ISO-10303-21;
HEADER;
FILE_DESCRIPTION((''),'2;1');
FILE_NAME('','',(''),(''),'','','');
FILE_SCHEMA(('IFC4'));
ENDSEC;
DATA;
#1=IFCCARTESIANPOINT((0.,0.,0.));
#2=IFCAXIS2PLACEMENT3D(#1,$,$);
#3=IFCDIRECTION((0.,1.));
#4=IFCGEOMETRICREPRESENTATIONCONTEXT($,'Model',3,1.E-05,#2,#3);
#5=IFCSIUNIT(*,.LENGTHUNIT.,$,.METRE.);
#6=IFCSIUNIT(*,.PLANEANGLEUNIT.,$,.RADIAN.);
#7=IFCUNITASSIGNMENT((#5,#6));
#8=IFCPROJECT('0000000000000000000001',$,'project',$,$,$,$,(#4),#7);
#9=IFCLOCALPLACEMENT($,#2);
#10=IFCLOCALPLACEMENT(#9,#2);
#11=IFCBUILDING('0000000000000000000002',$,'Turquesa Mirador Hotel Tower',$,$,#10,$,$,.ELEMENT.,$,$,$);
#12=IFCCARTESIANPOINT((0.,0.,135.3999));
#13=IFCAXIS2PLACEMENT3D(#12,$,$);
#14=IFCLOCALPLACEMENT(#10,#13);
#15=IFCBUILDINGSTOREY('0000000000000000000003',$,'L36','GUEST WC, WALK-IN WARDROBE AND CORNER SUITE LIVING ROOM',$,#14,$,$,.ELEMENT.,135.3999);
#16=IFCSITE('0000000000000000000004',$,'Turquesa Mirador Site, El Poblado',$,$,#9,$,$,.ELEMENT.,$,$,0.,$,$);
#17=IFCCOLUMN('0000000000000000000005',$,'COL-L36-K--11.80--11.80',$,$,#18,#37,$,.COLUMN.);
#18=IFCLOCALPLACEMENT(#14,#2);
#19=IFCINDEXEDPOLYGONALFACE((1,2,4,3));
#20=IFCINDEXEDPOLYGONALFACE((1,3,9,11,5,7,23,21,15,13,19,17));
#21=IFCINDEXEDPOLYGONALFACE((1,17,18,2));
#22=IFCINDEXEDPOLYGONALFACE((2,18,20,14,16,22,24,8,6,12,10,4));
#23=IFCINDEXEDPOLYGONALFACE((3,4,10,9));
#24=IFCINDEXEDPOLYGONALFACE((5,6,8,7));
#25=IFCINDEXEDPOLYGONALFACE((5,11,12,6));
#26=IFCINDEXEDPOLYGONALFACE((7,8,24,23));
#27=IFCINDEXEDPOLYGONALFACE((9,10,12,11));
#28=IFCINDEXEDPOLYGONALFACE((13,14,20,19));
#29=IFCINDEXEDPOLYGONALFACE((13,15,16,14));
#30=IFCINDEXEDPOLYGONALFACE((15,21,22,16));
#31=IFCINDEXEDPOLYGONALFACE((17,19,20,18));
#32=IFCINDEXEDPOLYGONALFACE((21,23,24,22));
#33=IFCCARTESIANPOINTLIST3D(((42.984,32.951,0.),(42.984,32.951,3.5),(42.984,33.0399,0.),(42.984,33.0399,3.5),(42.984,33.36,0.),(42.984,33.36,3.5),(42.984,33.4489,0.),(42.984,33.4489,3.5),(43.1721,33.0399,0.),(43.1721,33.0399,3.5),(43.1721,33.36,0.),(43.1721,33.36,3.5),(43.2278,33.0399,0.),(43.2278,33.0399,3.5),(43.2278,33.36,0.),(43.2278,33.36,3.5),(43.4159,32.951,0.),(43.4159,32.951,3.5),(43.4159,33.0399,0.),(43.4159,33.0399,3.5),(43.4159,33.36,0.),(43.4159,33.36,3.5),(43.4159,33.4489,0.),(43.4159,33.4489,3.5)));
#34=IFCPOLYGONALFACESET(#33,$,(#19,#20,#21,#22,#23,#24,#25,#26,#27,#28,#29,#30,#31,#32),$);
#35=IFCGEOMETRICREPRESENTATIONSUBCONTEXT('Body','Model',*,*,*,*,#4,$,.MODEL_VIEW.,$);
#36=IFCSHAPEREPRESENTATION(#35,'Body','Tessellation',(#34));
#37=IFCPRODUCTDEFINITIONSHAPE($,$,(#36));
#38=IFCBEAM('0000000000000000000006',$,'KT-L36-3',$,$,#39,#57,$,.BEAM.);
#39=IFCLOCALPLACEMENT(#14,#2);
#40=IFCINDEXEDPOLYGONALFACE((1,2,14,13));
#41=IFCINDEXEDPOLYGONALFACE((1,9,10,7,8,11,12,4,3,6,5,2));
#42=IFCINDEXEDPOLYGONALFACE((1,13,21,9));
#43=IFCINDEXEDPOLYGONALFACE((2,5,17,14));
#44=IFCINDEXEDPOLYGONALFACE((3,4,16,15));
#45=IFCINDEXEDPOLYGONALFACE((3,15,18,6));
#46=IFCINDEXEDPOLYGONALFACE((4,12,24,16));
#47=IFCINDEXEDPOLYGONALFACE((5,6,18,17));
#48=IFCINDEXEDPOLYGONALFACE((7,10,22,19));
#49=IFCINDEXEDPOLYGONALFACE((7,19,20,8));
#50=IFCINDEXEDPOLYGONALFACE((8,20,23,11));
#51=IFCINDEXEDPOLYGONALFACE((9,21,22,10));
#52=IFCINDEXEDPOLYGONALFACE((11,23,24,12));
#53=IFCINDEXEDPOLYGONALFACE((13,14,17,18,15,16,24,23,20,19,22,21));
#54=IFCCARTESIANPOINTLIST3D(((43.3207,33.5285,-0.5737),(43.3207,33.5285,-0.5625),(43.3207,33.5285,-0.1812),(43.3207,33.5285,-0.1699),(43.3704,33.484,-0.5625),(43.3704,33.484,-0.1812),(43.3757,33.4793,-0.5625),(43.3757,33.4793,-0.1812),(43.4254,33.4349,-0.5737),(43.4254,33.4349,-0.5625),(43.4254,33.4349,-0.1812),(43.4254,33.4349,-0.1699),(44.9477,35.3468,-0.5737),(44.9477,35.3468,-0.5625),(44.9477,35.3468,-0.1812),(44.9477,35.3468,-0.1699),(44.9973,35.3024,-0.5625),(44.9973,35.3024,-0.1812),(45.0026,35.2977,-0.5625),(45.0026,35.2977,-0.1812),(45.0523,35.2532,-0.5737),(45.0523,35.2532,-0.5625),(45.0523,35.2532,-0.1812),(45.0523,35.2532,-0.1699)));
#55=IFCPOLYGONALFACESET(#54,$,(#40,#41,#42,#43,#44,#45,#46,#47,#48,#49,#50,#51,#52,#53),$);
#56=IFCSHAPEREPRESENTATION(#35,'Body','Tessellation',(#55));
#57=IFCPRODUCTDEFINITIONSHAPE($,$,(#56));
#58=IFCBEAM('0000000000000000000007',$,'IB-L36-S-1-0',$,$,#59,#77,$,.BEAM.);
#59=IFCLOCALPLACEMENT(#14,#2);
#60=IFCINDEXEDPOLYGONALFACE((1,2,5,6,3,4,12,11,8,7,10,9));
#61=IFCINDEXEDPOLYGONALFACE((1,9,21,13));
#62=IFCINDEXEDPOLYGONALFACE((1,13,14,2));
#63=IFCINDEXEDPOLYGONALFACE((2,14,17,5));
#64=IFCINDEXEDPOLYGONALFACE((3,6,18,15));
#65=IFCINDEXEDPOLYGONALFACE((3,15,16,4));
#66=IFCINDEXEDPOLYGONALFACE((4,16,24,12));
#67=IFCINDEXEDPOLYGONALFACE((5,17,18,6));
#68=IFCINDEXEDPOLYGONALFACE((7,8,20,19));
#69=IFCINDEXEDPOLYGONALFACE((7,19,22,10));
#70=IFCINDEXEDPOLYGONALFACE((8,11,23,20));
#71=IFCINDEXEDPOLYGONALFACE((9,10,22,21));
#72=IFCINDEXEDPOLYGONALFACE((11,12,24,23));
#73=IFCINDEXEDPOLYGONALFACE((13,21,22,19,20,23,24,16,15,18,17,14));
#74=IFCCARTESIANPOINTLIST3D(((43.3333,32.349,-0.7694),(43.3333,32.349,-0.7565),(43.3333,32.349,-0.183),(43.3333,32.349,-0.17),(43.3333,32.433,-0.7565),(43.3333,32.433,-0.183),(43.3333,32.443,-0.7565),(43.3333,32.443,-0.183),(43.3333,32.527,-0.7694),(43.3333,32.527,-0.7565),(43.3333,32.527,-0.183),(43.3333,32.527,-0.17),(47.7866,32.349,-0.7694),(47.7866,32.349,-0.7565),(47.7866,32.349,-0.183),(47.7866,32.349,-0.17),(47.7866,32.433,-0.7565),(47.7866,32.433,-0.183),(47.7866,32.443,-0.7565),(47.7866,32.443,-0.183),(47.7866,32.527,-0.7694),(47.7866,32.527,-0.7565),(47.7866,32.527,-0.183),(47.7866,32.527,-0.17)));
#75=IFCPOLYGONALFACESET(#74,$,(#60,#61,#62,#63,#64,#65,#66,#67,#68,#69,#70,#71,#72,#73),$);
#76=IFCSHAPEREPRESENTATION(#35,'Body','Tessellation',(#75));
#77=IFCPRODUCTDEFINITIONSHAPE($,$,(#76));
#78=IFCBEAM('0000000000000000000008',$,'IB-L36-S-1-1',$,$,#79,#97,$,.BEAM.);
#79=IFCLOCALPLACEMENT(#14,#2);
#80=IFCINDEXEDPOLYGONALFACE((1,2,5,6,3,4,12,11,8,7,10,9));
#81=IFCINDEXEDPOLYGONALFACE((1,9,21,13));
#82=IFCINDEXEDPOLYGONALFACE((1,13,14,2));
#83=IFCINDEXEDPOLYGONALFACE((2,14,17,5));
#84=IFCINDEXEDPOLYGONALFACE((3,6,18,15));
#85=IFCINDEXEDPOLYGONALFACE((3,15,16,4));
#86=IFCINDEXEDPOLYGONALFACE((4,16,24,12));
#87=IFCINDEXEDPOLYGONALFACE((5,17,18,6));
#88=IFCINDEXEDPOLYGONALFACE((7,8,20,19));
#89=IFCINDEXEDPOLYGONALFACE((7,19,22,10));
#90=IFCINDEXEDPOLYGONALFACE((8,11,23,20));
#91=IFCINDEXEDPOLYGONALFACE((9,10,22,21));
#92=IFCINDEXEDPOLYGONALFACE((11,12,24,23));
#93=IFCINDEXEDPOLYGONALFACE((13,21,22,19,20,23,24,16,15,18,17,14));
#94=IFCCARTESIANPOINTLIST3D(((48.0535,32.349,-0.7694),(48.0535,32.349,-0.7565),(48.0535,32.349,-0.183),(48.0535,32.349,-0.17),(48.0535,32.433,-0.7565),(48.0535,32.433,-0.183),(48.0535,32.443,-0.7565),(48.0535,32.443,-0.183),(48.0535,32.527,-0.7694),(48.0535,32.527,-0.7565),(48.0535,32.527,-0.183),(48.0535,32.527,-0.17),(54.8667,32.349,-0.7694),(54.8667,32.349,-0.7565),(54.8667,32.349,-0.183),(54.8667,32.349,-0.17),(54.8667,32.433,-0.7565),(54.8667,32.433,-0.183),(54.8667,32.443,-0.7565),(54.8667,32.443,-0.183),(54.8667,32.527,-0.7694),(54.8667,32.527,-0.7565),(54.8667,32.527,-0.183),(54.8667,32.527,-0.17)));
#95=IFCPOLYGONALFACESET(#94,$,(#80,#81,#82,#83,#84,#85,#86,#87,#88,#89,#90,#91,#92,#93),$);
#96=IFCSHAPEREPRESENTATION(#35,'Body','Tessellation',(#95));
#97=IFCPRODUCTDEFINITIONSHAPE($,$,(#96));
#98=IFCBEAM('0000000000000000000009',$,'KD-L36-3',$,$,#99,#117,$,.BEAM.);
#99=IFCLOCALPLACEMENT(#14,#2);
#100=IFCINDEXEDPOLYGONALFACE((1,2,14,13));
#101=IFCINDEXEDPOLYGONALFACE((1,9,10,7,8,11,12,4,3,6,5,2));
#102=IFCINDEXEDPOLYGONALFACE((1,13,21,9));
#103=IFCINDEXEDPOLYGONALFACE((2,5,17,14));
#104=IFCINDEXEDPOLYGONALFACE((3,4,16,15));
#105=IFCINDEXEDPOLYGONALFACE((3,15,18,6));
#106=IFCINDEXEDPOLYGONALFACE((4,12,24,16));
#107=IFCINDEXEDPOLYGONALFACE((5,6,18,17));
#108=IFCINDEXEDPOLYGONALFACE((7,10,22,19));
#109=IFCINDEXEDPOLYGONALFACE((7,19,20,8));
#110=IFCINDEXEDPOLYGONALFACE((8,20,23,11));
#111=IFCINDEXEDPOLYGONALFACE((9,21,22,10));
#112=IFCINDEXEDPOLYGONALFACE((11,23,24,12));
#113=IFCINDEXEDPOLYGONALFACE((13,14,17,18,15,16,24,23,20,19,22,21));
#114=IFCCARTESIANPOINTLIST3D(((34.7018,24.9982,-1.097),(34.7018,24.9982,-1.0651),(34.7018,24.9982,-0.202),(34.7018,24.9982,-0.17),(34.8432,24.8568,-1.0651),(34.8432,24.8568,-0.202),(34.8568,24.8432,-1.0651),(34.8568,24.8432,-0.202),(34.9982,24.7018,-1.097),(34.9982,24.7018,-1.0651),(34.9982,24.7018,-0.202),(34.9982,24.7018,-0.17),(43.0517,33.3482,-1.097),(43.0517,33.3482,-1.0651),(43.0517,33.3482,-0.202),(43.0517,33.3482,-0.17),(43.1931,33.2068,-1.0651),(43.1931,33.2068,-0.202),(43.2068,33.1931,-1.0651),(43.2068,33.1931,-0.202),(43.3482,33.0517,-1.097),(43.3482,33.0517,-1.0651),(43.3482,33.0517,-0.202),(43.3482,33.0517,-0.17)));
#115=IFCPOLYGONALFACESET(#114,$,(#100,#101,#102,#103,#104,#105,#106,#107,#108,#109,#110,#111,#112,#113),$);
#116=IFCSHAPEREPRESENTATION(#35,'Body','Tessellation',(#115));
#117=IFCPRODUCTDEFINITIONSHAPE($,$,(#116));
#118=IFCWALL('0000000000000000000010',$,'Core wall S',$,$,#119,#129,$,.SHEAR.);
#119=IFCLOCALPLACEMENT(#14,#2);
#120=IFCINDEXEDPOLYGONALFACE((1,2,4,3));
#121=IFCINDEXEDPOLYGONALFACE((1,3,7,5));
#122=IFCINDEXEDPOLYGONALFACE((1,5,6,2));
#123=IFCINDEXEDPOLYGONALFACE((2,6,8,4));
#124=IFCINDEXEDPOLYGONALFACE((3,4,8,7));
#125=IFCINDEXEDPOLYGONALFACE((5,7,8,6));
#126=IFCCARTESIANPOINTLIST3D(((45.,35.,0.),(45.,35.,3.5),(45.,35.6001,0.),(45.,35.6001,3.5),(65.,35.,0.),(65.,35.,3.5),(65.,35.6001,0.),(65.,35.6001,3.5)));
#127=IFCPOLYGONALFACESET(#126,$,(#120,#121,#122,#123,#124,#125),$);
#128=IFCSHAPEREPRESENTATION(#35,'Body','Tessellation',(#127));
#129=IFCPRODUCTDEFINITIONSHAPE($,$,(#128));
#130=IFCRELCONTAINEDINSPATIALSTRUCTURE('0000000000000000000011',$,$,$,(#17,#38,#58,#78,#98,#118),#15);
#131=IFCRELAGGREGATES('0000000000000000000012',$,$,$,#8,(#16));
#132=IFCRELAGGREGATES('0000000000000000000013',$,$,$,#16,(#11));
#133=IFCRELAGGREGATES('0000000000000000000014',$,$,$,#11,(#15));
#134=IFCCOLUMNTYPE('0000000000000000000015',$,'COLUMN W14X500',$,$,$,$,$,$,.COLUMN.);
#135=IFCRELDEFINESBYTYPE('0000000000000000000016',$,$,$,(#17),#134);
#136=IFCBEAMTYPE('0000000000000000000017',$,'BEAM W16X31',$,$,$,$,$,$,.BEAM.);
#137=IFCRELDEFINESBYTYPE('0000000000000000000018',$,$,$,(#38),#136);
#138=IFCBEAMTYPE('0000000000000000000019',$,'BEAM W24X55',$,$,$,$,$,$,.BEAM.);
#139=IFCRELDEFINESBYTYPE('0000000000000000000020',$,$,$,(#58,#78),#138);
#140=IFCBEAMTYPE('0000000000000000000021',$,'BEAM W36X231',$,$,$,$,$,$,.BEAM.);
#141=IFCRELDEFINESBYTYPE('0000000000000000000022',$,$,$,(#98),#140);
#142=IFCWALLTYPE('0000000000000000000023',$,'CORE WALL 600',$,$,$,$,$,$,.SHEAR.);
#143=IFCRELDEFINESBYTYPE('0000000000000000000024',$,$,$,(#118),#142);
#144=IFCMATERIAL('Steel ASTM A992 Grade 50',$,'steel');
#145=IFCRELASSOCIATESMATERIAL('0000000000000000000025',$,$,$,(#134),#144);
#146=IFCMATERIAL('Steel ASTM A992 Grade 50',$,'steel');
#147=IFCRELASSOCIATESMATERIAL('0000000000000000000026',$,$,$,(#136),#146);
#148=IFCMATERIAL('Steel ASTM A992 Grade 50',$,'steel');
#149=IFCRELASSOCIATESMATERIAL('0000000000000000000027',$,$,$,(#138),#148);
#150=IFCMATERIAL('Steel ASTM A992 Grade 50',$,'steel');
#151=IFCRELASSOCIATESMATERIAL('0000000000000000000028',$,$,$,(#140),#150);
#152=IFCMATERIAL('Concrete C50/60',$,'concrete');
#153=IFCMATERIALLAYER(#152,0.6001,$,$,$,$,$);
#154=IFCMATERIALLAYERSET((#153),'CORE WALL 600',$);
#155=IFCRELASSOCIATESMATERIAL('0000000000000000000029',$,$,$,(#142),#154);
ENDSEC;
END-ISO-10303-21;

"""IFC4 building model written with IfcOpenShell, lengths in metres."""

from ifc_helpers import new_model, si_unit, direction, frame, frame_2d, origin, origin_2d, place, context, subcontext, project, spatial, rectangle, i_section, extrude, material, layer, layer_set, material_profile, profile_set, type_object, element, save


model = new_model("IFC4")

# Units and contexts
model_context = context("Model", 3, precision=1e-05, world=origin(), true_north=direction((0.0, 1.0)))
body_context = subcontext(model_context, "Body", "Model", "MODEL_VIEW")
ifc_project = project(units=[si_unit("LENGTHUNIT", "METRE"), si_unit("PLANEANGLEUNIT", "RADIAN")], contexts=[model_context])

# Site, building, storey
site_placement = place(None, origin())
site = spatial("IfcSite", under=ifc_project, at=site_placement, Name="Turquesa Mirador Site, El Poblado", CompositionType="ELEMENT", RefElevation=0.0)
building_placement = place(site_placement, origin())
building = spatial("IfcBuilding", under=site, at=building_placement, Name="Turquesa Mirador Hotel Tower", CompositionType="ELEMENT")
storey_placement = place(building_placement, frame((0.0, 0.0, 135.3999)))
storey = spatial("IfcBuildingStorey", under=building, at=storey_placement, Name="L36", Description="GUEST WC, WALK-IN WARDROBE AND CORNER SUITE LIVING ROOM", CompositionType="ELEMENT", Elevation=135.3999)

# Column
ifc_material_1 = material(Name="Steel ASTM A992 Grade 50", Category="steel")
ifc_material_profile_1 = material_profile(ifc_material_1, i_section(OverallWidth=0.4319, OverallDepth=0.4978, WebThickness=0.0557, FlangeThickness=0.0889, at=origin_2d()), Name="W14X500")
ifc_profile_set_1 = profile_set([ifc_material_profile_1], Name="Steel ASTM A992 Grade 50")
column_type = type_object("IfcColumnType", Name="COLUMN W14X500", PredefinedType="COLUMN", material=ifc_profile_set_1)
column_placement = place(storey_placement, frame((43.2, 33.2, 0.0), z_axis=(0.0, 0.0, 1.0), x_axis=(1.0, 0.0, 0.0)))
element("IfcColumn", 1, at=column_placement, inside=storey, type_object=column_type, Name="COL-L36-K--11.80--11.80", PredefinedType="COLUMN", context=body_context, shape_type="SweptSolid", body=[
    extrude(i_section(OverallWidth=0.4319, OverallDepth=0.4978, WebThickness=0.0557, FlangeThickness=0.0889, at=origin_2d()), origin(), (0.0, 0.0, 1.0), 3.5),
])

# Beams
ifc_material_2 = material(Name="Steel ASTM A992 Grade 50", Category="steel")
ifc_material_profile_2 = material_profile(ifc_material_2, i_section(OverallWidth=0.1404, OverallDepth=0.4038, WebThickness=0.0071, FlangeThickness=0.0112, at=origin_2d()), Name="W16X31")
ifc_profile_set_2 = profile_set([ifc_material_profile_2], Name="Steel ASTM A992 Grade 50")
beam_type_1 = type_object("IfcBeamType", Name="BEAM W16X31", PredefinedType="BEAM", material=ifc_profile_set_2)
beam_1_placement = place(storey_placement, frame((43.373, 33.4817, -0.3718), z_axis=(0.666795, 0.745241, 0.0), x_axis=(-0.745241, 0.666795, 0.0)))
element("IfcBeam", 2, at=beam_1_placement, inside=storey, type_object=beam_type_1, Name="KT-L36-3", PredefinedType="BEAM", context=body_context, shape_type="SweptSolid", body=[
    extrude(i_section(OverallWidth=0.1404, OverallDepth=0.4038, WebThickness=0.0071, FlangeThickness=0.0112, at=origin_2d()), origin(), (0.0, 0.0, 1.0), 2.4399),
])
ifc_material_3 = material(Name="Steel ASTM A992 Grade 50", Category="steel")
ifc_material_profile_3 = material_profile(ifc_material_3, i_section(OverallWidth=0.178, OverallDepth=0.5994, WebThickness=0.01, FlangeThickness=0.0129, at=origin_2d()), Name="W24X55")
ifc_profile_set_3 = profile_set([ifc_material_profile_3], Name="Steel ASTM A992 Grade 50")
beam_type_2 = type_object("IfcBeamType", Name="BEAM W24X55", PredefinedType="BEAM", material=ifc_profile_set_3)
beam_2_placement = place(storey_placement, frame((43.3333, 32.438, -0.4697), z_axis=(1.0, 0.0, 0.0), x_axis=(0.0, 1.0, 0.0)))
element("IfcBeam", 3, at=beam_2_placement, inside=storey, type_object=beam_type_2, Name="IB-L36-S-1-0", PredefinedType="BEAM", context=body_context, shape_type="SweptSolid", body=[
    extrude(i_section(OverallWidth=0.178, OverallDepth=0.5994, WebThickness=0.01, FlangeThickness=0.0129, at=origin_2d()), origin(), (0.0, 0.0, 1.0), 4.4534),
])
beam_3_placement = place(storey_placement, frame((48.0535, 32.438, -0.4697), z_axis=(1.0, 0.0, 0.0), x_axis=(0.0, 1.0, 0.0)))
element("IfcBeam", 4, at=beam_3_placement, inside=storey, type_object=beam_type_2, Name="IB-L36-S-1-1", PredefinedType="BEAM", context=body_context, shape_type="SweptSolid", body=[
    extrude(i_section(OverallWidth=0.178, OverallDepth=0.5994, WebThickness=0.01, FlangeThickness=0.0129, at=origin_2d()), origin(), (0.0, 0.0, 1.0), 6.8132),
])
ifc_material_4 = material(Name="Steel ASTM A992 Grade 50", Category="steel")
ifc_material_profile_4 = material_profile(ifc_material_4, i_section(OverallWidth=0.4192, OverallDepth=0.927, WebThickness=0.0193, FlangeThickness=0.032, at=origin_2d()), Name="W36X231")
ifc_profile_set_4 = profile_set([ifc_material_profile_4], Name="Steel ASTM A992 Grade 50")
beam_type_3 = type_object("IfcBeamType", Name="BEAM W36X231", PredefinedType="BEAM", material=ifc_profile_set_4)
beam_4_placement = place(storey_placement, frame((43.2, 33.2, -0.6335), z_axis=(-0.707107, -0.707107, 0.0), x_axis=(0.707107, -0.707107, 0.0)))
element("IfcBeam", 5, at=beam_4_placement, inside=storey, type_object=beam_type_3, Name="KD-L36-3", PredefinedType="BEAM", context=body_context, shape_type="SweptSolid", body=[
    extrude(i_section(OverallWidth=0.4192, OverallDepth=0.927, WebThickness=0.0193, FlangeThickness=0.032, at=origin_2d()), origin(), (0.0, 0.0, 1.0), 11.8086),
])

# Wall
ifc_material_5 = material(Name="Concrete C50/60", Category="concrete")
ifc_layer_1 = layer(ifc_material_5, 0.6001)
ifc_layer_set_1 = layer_set([ifc_layer_1], Name="CORE WALL 600")
wall_type_1 = type_object("IfcWallType", Name="CORE WALL 600", PredefinedType="SHEAR", material=ifc_layer_set_1)
wall_1_placement = place(storey_placement, frame((45.0, 35.3, 0.0), z_axis=(0.0, 0.0, 1.0), x_axis=(1.0, 0.0, 0.0)))
element("IfcWall", 6, at=wall_1_placement, inside=storey, type_object=wall_type_1, Name="Core wall S", PredefinedType="SHEAR", context=body_context, shape_type="SweptSolid", body=[
    extrude(rectangle(XDim=20.0, YDim=0.6001, at=frame_2d((10.0, 0.0))), origin(), (0.0, 0.0, 1.0), 3.5),
])

save(model, "model.ifc")
